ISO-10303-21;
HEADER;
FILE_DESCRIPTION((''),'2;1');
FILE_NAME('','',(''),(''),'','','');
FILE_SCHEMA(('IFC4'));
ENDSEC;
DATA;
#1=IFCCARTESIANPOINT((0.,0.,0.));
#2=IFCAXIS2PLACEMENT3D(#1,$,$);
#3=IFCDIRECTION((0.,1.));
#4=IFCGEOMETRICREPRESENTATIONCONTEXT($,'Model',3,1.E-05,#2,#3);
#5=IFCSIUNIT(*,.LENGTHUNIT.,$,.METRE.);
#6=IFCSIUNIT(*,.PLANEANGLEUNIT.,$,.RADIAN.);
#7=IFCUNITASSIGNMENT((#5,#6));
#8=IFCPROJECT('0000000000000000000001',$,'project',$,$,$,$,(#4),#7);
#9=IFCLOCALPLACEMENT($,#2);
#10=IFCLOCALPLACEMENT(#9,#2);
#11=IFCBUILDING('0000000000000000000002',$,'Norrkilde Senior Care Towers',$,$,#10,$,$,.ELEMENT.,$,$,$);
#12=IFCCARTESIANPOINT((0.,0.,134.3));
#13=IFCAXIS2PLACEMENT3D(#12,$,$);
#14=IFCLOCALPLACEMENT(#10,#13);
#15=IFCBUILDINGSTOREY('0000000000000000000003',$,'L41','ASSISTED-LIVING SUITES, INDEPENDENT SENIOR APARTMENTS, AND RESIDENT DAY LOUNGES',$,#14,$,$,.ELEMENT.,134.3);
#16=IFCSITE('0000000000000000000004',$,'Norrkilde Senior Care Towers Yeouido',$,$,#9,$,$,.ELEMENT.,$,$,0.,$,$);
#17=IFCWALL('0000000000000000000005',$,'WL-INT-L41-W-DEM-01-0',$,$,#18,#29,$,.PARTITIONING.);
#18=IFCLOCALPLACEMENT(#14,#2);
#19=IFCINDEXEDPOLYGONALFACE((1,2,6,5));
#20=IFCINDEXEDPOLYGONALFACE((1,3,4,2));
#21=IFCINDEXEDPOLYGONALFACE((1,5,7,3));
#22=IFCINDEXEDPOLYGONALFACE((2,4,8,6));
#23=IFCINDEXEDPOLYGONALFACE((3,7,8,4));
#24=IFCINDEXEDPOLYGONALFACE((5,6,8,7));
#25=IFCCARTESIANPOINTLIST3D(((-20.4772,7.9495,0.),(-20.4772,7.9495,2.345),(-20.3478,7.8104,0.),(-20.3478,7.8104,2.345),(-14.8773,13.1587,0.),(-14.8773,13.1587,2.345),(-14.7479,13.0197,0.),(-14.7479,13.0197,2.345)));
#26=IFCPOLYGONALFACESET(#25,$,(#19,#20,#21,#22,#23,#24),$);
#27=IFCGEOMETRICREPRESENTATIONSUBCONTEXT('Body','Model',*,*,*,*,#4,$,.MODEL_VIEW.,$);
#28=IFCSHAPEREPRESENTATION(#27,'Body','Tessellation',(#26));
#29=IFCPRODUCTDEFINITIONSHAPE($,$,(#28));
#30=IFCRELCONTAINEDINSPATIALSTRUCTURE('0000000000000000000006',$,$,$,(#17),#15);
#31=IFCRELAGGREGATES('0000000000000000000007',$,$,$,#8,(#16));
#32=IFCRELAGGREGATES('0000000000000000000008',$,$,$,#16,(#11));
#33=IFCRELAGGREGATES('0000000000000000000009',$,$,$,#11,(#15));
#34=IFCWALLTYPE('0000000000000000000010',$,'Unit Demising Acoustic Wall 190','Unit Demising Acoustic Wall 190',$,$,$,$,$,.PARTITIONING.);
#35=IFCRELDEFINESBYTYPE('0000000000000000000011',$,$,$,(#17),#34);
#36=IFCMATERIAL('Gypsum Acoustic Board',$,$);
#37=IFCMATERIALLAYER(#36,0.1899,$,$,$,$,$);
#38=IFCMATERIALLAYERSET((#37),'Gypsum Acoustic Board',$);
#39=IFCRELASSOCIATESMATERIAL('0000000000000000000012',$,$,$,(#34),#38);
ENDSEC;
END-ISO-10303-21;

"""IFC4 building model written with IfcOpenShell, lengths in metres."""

from ifc_helpers import new_model, si_unit, direction, frame, frame_2d, origin, place, context, subcontext, project, spatial, rectangle, extrude, source, transform, mapped, material, layer, layer_set, type_object, type_shapes, element, save


model = new_model("IFC4")

# Units and contexts
model_context = context("Model", 3, precision=1e-05, world=origin(), true_north=direction((0.0, 1.0)))
body_context = subcontext(model_context, "Body", "Model", "MODEL_VIEW")
ifc_project = project(units=[si_unit("LENGTHUNIT", "METRE"), si_unit("PLANEANGLEUNIT", "RADIAN")], contexts=[model_context])

# Site, building, storey
site_placement = place(None, origin())
site = spatial("IfcSite", under=ifc_project, at=site_placement, Name="Norrkilde Senior Care Towers Yeouido", CompositionType="ELEMENT", RefElevation=0.0)
building_placement = place(site_placement, origin())
building = spatial("IfcBuilding", under=site, at=building_placement, Name="Norrkilde Senior Care Towers", CompositionType="ELEMENT")
storey_placement = place(building_placement, frame((0.0, 0.0, 134.3)))
storey = spatial("IfcBuildingStorey", under=building, at=storey_placement, Name="L41", Description="ASSISTED-LIVING SUITES, INDEPENDENT SENIOR APARTMENTS, AND RESIDENT DAY LOUNGES", CompositionType="ELEMENT", Elevation=134.3)

# Shared definitions
ifc_material_1 = material(Name="Gypsum Acoustic Board")

# Wall
ifc_layer_1 = layer(ifc_material_1, 0.1899)
ifc_layer_set_1 = layer_set([ifc_layer_1], Name="Gypsum Acoustic Board")
wall_type_1 = type_object("IfcWallType", Name="Unit Demising Acoustic Wall 190", Description="Unit Demising Acoustic Wall 190", PredefinedType="PARTITIONING", material=ifc_layer_set_1)
shared_shape_1 = source(origin(), body_context, "Body", "SweptSolid", [
    extrude(rectangle(XDim=7.6482, YDim=0.1899, at=frame_2d((3.8242, 0.0))), origin(), (0.0, 0.0, 1.0), 2.345),
])
type_shapes(wall_type_1, [shared_shape_1])
wall_1_placement = place(storey_placement, frame((-20.4126, 7.8799, 0.0), z_axis=(0.0, 0.0, 1.0), x_axis=(0.732183, 0.681108, 0.0)))
element("IfcWall", 1, at=wall_1_placement, inside=storey, type_object=wall_type_1, Name="WL-INT-L41-W-DEM-01-0", PredefinedType="PARTITIONING", context=body_context, shape_type="MappedRepresentation", body=[
    mapped(shared_shape_1, transform((0.0, 0.0, 0.0), x_axis=(1.0, 0.0, 0.0), y_axis=(0.0, 1.0, 0.0), z_axis=(0.0, 0.0, 1.0), scale=1.0)),
])

save(model, "model.ifc")
